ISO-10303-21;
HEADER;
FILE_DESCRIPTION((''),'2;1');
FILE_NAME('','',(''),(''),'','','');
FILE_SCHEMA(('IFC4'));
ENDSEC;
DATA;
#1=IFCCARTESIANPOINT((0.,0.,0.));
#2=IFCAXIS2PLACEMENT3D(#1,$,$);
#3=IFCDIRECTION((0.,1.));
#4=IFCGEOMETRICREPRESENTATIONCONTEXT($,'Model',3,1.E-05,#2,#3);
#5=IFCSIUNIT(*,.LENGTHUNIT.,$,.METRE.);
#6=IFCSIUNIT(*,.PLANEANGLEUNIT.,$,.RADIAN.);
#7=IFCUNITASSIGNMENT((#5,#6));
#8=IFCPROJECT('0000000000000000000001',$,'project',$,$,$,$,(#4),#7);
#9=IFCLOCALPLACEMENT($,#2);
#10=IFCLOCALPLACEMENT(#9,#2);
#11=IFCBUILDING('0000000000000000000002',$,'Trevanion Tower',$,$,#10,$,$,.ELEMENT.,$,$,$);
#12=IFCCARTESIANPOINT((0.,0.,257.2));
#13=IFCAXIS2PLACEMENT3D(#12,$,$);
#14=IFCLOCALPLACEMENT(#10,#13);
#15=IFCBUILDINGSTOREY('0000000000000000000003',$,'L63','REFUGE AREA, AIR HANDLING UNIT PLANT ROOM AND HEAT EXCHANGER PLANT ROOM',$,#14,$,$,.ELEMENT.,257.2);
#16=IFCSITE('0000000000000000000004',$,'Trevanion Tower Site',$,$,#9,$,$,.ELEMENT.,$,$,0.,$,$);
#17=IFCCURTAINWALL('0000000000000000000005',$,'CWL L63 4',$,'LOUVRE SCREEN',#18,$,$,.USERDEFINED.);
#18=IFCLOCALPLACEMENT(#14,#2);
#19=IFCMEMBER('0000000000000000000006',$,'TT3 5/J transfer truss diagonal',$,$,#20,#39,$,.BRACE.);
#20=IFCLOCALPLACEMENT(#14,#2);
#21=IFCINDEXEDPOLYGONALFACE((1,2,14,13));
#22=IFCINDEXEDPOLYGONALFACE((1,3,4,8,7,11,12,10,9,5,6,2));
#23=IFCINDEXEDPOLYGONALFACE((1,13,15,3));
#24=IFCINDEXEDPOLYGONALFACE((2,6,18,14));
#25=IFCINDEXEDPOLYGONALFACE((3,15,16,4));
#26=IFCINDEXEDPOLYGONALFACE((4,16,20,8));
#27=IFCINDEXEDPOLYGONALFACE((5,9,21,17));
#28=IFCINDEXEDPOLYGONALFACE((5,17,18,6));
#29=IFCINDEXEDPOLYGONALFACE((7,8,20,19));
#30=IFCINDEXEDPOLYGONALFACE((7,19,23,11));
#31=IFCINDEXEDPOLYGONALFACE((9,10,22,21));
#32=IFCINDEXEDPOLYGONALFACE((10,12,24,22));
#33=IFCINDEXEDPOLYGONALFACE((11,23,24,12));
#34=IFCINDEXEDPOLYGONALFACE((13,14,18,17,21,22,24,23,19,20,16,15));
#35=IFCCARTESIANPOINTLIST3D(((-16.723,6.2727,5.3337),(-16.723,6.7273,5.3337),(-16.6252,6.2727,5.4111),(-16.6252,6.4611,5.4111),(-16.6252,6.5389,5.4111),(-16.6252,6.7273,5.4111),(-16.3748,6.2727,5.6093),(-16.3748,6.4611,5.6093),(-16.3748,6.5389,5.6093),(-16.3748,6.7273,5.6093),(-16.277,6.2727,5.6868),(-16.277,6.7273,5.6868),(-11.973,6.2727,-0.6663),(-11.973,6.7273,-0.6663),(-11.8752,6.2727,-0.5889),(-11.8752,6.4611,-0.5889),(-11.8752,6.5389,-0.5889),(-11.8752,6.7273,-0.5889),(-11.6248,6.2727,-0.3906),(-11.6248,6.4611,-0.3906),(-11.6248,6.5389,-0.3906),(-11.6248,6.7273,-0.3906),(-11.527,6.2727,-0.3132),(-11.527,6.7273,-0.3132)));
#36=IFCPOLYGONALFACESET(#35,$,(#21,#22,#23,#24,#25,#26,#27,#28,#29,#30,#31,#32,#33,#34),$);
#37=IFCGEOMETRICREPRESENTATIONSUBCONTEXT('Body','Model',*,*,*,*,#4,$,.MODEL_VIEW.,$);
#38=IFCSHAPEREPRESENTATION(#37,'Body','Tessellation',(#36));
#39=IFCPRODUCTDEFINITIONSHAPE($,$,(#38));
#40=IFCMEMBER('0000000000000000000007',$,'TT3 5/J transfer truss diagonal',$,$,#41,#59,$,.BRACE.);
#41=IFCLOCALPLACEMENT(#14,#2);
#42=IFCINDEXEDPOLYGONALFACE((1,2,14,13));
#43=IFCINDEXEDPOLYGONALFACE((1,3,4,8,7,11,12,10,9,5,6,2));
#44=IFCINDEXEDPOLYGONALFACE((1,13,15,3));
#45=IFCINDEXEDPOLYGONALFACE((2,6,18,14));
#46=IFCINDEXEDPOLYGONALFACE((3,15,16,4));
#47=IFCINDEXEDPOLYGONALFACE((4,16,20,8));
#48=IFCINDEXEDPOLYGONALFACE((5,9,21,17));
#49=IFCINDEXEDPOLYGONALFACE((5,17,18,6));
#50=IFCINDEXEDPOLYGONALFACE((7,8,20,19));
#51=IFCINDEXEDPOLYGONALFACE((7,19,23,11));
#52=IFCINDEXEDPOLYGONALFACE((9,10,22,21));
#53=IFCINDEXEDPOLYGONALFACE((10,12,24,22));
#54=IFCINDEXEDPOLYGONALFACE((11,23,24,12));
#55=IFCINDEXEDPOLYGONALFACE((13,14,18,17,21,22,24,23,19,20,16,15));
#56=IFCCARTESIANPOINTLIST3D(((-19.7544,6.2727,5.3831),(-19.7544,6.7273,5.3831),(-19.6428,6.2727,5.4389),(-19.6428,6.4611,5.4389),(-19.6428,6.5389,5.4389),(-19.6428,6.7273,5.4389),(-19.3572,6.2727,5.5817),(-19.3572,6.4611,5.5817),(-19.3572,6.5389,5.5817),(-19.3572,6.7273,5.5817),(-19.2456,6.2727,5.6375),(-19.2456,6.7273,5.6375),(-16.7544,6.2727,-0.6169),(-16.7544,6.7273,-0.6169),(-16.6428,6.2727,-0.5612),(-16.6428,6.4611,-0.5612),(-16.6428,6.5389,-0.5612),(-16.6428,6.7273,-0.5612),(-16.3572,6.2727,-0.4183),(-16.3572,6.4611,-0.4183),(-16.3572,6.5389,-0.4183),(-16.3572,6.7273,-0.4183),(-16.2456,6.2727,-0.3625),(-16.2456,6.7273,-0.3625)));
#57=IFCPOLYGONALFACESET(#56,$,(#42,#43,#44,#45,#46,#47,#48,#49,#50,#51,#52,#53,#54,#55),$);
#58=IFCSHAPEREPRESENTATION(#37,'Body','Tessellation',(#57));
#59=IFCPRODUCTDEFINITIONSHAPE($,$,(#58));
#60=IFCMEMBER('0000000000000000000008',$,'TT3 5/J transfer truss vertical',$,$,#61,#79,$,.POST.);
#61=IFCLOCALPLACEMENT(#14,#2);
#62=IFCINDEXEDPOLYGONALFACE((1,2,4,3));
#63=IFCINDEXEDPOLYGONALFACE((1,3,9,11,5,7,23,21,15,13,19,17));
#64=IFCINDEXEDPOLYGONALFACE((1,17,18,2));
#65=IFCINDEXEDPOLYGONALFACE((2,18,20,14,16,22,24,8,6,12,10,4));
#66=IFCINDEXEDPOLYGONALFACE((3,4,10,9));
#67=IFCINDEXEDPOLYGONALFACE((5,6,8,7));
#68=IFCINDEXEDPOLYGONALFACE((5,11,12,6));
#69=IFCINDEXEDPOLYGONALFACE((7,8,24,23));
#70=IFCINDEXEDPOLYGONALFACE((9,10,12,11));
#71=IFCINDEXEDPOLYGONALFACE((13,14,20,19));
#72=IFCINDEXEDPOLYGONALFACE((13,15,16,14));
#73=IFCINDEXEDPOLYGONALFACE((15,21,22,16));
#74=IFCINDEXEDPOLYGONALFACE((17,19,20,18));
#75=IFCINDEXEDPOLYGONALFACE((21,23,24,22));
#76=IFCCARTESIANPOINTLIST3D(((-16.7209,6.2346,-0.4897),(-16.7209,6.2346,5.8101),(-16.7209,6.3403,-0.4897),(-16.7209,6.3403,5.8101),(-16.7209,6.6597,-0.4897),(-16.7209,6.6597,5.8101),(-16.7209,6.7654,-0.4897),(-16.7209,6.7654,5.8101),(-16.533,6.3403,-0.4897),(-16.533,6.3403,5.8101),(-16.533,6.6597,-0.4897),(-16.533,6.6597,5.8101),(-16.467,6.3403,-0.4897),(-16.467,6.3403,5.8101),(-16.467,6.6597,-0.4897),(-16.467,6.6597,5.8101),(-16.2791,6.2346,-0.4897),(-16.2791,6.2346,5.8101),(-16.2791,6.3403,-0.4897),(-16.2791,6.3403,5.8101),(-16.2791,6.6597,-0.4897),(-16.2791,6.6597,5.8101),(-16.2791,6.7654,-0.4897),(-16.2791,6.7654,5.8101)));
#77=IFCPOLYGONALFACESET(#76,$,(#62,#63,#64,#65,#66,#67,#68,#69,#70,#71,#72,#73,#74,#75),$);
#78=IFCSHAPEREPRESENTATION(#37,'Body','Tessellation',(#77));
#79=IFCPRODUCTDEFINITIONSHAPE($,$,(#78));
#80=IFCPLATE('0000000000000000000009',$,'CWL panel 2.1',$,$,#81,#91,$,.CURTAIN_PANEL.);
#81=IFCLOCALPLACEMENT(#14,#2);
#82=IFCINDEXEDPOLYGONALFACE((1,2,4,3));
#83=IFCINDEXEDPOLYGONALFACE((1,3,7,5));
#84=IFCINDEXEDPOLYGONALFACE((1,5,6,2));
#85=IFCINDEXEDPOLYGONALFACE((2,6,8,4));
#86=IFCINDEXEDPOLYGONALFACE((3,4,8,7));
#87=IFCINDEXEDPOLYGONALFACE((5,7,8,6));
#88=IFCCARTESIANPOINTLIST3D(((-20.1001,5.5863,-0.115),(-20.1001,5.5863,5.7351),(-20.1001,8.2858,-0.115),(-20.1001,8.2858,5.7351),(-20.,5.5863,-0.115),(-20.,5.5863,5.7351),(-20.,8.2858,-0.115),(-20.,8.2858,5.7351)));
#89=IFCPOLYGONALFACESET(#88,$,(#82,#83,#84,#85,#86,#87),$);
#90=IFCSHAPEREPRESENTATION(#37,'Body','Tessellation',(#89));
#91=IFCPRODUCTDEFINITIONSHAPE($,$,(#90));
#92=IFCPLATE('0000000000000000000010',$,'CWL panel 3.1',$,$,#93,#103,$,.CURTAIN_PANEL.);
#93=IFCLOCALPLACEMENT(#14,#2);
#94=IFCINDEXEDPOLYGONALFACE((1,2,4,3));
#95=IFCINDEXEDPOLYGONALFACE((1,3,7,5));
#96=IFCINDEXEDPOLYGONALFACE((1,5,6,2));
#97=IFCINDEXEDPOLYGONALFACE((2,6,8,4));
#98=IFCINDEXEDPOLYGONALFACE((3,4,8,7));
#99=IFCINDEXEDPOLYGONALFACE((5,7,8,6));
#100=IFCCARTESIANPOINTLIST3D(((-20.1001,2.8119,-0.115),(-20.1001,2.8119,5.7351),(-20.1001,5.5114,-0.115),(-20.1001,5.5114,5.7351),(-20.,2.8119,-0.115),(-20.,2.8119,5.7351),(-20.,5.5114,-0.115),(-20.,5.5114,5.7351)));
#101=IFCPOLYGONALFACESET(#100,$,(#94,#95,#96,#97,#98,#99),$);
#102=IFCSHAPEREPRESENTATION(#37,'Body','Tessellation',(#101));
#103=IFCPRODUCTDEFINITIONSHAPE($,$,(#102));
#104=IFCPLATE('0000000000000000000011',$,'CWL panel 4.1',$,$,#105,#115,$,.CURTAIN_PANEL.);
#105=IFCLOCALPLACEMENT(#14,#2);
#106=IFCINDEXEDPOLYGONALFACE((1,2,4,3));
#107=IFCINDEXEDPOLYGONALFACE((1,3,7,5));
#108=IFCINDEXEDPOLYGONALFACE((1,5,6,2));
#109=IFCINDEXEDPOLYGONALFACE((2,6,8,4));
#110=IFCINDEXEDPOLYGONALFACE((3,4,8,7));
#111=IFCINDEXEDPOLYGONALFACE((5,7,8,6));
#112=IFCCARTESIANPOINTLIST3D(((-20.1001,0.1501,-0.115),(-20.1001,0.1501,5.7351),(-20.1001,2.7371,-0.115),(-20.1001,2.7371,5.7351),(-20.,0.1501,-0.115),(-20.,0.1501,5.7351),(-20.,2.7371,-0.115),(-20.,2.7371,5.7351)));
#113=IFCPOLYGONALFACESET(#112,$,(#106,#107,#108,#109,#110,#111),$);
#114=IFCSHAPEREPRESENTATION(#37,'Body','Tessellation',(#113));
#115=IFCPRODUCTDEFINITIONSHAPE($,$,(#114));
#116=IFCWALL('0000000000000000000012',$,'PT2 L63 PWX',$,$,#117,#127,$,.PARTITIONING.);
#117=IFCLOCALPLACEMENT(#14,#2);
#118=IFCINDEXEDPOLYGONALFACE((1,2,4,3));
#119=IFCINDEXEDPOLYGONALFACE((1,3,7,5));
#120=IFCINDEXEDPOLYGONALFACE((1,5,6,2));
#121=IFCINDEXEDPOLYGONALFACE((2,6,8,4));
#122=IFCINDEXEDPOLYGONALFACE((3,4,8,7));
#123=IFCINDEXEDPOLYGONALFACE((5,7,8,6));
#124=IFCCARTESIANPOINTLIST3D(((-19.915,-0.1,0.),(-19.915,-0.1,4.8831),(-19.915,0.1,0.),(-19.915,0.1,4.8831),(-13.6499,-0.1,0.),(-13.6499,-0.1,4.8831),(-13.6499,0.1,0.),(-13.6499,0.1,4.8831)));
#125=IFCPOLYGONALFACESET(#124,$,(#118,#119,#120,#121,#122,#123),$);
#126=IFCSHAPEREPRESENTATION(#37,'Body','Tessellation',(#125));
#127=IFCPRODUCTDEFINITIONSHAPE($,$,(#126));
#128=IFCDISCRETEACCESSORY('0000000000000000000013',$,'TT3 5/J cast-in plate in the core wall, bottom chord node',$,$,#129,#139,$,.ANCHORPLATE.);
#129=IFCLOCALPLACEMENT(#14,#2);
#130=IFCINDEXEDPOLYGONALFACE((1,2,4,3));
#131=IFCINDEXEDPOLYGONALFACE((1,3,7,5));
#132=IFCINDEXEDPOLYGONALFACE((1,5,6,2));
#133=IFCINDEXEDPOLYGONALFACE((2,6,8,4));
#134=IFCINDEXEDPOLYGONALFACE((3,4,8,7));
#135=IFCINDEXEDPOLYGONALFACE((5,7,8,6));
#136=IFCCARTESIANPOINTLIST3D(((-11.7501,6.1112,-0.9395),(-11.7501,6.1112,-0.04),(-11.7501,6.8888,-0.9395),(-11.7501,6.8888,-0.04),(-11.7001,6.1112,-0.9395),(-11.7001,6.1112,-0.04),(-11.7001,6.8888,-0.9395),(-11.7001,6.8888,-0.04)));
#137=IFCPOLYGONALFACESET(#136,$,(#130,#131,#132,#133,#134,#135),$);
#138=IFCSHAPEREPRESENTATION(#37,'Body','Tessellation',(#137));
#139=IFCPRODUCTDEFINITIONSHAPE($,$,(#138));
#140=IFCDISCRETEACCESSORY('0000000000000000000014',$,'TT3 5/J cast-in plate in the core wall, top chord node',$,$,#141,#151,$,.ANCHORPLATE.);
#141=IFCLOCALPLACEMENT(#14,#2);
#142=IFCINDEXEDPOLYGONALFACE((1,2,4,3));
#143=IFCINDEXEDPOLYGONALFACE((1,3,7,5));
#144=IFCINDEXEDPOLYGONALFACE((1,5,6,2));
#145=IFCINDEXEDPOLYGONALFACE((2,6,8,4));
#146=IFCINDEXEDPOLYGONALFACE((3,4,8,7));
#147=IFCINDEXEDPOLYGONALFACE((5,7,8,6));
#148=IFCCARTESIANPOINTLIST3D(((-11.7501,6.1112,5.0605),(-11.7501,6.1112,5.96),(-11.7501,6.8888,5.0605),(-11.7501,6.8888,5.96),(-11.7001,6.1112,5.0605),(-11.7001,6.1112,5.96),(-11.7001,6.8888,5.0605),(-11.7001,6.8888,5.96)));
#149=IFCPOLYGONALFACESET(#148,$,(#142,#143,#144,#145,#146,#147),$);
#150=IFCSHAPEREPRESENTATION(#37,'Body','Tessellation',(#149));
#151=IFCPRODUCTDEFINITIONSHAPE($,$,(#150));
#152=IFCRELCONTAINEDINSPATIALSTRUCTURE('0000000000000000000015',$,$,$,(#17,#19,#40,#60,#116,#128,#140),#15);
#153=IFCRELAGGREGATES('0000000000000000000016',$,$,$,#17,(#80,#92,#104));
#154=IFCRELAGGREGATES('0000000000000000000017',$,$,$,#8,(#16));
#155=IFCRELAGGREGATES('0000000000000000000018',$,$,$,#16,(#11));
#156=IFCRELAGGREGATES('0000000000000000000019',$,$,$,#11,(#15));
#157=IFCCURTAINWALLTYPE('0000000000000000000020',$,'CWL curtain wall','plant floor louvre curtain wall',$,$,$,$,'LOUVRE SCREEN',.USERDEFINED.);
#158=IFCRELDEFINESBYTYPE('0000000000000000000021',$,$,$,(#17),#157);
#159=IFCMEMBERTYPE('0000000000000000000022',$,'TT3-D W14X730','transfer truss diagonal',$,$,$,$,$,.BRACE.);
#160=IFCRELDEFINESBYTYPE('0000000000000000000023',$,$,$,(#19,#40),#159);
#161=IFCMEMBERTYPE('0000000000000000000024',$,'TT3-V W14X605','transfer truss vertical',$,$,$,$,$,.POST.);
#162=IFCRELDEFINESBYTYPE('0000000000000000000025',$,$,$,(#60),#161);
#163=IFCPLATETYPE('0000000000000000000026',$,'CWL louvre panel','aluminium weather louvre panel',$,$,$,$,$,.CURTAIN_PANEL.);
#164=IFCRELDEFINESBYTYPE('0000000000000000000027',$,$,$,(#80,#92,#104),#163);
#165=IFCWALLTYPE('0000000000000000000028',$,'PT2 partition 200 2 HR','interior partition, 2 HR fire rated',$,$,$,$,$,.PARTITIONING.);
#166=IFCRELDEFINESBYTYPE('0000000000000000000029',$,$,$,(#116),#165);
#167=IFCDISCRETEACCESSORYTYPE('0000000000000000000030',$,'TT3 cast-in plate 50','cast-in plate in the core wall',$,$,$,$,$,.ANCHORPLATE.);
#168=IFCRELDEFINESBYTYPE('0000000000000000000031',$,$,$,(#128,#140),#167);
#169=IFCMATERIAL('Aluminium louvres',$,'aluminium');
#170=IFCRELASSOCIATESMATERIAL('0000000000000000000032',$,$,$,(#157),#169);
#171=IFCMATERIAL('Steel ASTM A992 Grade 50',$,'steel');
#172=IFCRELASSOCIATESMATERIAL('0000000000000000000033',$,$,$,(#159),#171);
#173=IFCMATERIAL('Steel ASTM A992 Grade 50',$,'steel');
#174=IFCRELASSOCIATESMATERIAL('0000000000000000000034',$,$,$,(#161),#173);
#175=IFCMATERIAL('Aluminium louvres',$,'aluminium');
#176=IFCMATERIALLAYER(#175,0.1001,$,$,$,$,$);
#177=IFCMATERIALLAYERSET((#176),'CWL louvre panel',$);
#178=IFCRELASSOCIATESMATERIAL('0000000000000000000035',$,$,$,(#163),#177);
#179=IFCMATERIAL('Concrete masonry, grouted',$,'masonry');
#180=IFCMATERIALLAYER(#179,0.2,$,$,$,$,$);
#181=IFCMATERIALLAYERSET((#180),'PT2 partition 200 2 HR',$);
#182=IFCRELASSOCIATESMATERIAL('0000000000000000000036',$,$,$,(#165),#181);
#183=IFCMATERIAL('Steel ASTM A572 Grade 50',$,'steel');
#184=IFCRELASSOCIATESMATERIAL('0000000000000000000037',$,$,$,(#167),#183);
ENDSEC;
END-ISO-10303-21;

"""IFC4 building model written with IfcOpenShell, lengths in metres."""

from ifc_helpers import new_model, si_unit, direction, frame, frame_2d, origin, origin_2d, place, context, subcontext, project, spatial, rectangle, i_section, extrude, material, layer, layer_set, material_profile, profile_set, type_object, element, aggregate, save


model = new_model("IFC4")

# Units and contexts
model_context = context("Model", 3, precision=1e-05, world=origin(), true_north=direction((0.0, 1.0)))
body_context = subcontext(model_context, "Body", "Model", "MODEL_VIEW")
ifc_project = project(units=[si_unit("LENGTHUNIT", "METRE"), si_unit("PLANEANGLEUNIT", "RADIAN")], contexts=[model_context])

# Site, building, storey
site_placement = place(None, origin())
site = spatial("IfcSite", under=ifc_project, at=site_placement, Name="Trevanion Tower Site", CompositionType="ELEMENT", RefElevation=0.0)
building_placement = place(site_placement, origin())
building = spatial("IfcBuilding", under=site, at=building_placement, Name="Trevanion Tower", CompositionType="ELEMENT")
storey_placement = place(building_placement, frame((0.0, 0.0, 257.2)))
storey = spatial("IfcBuildingStorey", under=building, at=storey_placement, Name="L63", Description="REFUGE AREA, AIR HANDLING UNIT PLANT ROOM AND HEAT EXCHANGER PLANT ROOM", CompositionType="ELEMENT", Elevation=257.2)

# Curtain wall
ifc_material_1 = material(Name="Aluminium louvres", Category="aluminium")
curtain_wall_type = type_object("IfcCurtainWallType", Name="CWL curtain wall", Description="plant floor louvre curtain wall", ElementType="LOUVRE SCREEN", PredefinedType="USERDEFINED", material=ifc_material_1)
curtain_wall_placement = place(storey_placement, origin())
curtain_wall = element("IfcCurtainWall", 1, at=curtain_wall_placement, inside=storey, type_object=curtain_wall_type, Name="CWL L63 4", ObjectType="LOUVRE SCREEN", PredefinedType="USERDEFINED")

# Members
ifc_material_2 = material(Name="Steel ASTM A992 Grade 50", Category="steel")
ifc_material_profile_1 = material_profile(ifc_material_2, i_section(OverallWidth=0.4546, OverallDepth=0.5688, WebThickness=0.0779, FlangeThickness=0.1248, at=origin_2d()), Name="W14X730")
ifc_profile_set_1 = profile_set([ifc_material_profile_1], Name="Steel ASTM A992 Grade 50")
member_type_1 = type_object("IfcMemberType", Name="TT3-D W14X730", Description="transfer truss diagonal", PredefinedType="BRACE", material=ifc_profile_set_1)
member_1_placement = place(storey_placement, frame((-11.75, 6.5, -0.4897), z_axis=(-0.620703, 0.0, 0.784046), x_axis=(0.0, -1.0, 0.0)))
element("IfcMember", 2, at=member_1_placement, inside=storey, type_object=member_type_1, Name="TT3 5/J transfer truss diagonal", PredefinedType="BRACE", context=body_context, shape_type="SweptSolid", body=[
    extrude(i_section(OverallWidth=0.4546, OverallDepth=0.5688, WebThickness=0.0779, FlangeThickness=0.1248, at=origin_2d()), origin(), (0.0, 0.0, 1.0), 7.6526),
])
member_2_placement = place(storey_placement, frame((-16.5, 6.5, -0.4897), z_axis=(-0.447214, 0.0, 0.894427), x_axis=(0.0, -1.0, 0.0)))
element("IfcMember", 3, at=member_2_placement, inside=storey, type_object=member_type_1, Name="TT3 5/J transfer truss diagonal", PredefinedType="BRACE", context=body_context, shape_type="SweptSolid", body=[
    extrude(i_section(OverallWidth=0.4546, OverallDepth=0.5688, WebThickness=0.0779, FlangeThickness=0.1248, at=origin_2d()), origin(), (0.0, 0.0, 1.0), 6.7083),
])
ifc_material_3 = material(Name="Steel ASTM A992 Grade 50", Category="steel")
ifc_material_profile_2 = material_profile(ifc_material_3, i_section(OverallWidth=0.4419, OverallDepth=0.5308, WebThickness=0.0659, FlangeThickness=0.1057, at=origin_2d()), Name="W14X605")
ifc_profile_set_2 = profile_set([ifc_material_profile_2], Name="Steel ASTM A992 Grade 50")
member_type_2 = type_object("IfcMemberType", Name="TT3-V W14X605", Description="transfer truss vertical", PredefinedType="POST", material=ifc_profile_set_2)
member_3_placement = place(storey_placement, frame((-16.5, 6.5, -0.4897), z_axis=(0.0, 0.0, 1.0), x_axis=(1.0, 0.0, 0.0)))
element("IfcMember", 4, at=member_3_placement, inside=storey, type_object=member_type_2, Name="TT3 5/J transfer truss vertical", PredefinedType="POST", context=body_context, shape_type="SweptSolid", body=[
    extrude(i_section(OverallWidth=0.4419, OverallDepth=0.5308, WebThickness=0.0659, FlangeThickness=0.1057, at=origin_2d()), origin(), (0.0, 0.0, 1.0), 6.2998),
])

# Plates
ifc_material_4 = material(Name="Aluminium louvres", Category="aluminium")
ifc_layer_1 = layer(ifc_material_4, 0.1001)
ifc_layer_set_1 = layer_set([ifc_layer_1], Name="CWL louvre panel")
plate_type = type_object("IfcPlateType", Name="CWL louvre panel", Description="aluminium weather louvre panel", PredefinedType="CURTAIN_PANEL", material=ifc_layer_set_1)
plate_1_placement = place(storey_placement, frame((-20.05, 6.936, -0.115), z_axis=(0.0, 0.0, 1.0), x_axis=(0.0, -1.0, 0.0)))
plate_1 = element("IfcPlate", 5, at=plate_1_placement, type_object=plate_type, Name="CWL panel 2.1", PredefinedType="CURTAIN_PANEL", context=body_context, shape_type="SweptSolid", body=[
    extrude(rectangle(XDim=2.6995, YDim=0.1001, at=origin_2d()), origin(), (0.0, 0.0, 1.0), 5.8501),
])
plate_2_placement = place(storey_placement, frame((-20.05, 4.1616, -0.115), z_axis=(0.0, 0.0, 1.0), x_axis=(0.0, -1.0, 0.0)))
plate_2 = element("IfcPlate", 6, at=plate_2_placement, type_object=plate_type, Name="CWL panel 3.1", PredefinedType="CURTAIN_PANEL", context=body_context, shape_type="SweptSolid", body=[
    extrude(rectangle(XDim=2.6995, YDim=0.1001, at=origin_2d()), origin(), (0.0, 0.0, 1.0), 5.8501),
])
plate_3_placement = place(storey_placement, frame((-20.05, 1.4436, -0.115), z_axis=(0.0, 0.0, 1.0), x_axis=(0.0, -1.0, 0.0)))
plate_3 = element("IfcPlate", 7, at=plate_3_placement, type_object=plate_type, Name="CWL panel 4.1", PredefinedType="CURTAIN_PANEL", context=body_context, shape_type="SweptSolid", body=[
    extrude(rectangle(XDim=2.5869, YDim=0.1001, at=origin_2d()), origin(), (0.0, 0.0, 1.0), 5.8501),
])
aggregate(curtain_wall, [plate_1, plate_2, plate_3])

# Wall
ifc_material_5 = material(Name="Concrete masonry, grouted", Category="masonry")
ifc_layer_2 = layer(ifc_material_5, 0.2)
ifc_layer_set_2 = layer_set([ifc_layer_2], Name="PT2 partition 200 2 HR")
wall_type = type_object("IfcWallType", Name="PT2 partition 200 2 HR", Description="interior partition, 2 HR fire rated", PredefinedType="PARTITIONING", material=ifc_layer_set_2)
wall_placement = place(storey_placement, frame((-13.6499, 0.0, 0.0), z_axis=(0.0, 0.0, 1.0), x_axis=(-1.0, 0.0, 0.0)))
element("IfcWall", 8, at=wall_placement, inside=storey, type_object=wall_type, Name="PT2 L63 PWX", PredefinedType="PARTITIONING", context=body_context, shape_type="SweptSolid", body=[
    extrude(rectangle(XDim=6.2651, YDim=0.2, at=frame_2d((3.1326, 0.0))), origin(), (0.0, 0.0, 1.0), 4.8831),
])

# Discrete accessories
ifc_material_6 = material(Name="Steel ASTM A572 Grade 50", Category="steel")
discrete_accessory_type = type_object("IfcDiscreteAccessoryType", Name="TT3 cast-in plate 50", Description="cast-in plate in the core wall", PredefinedType="ANCHORPLATE", material=ifc_material_6)
for number, where, z_axis, x_axis, name in (
    (9, (-11.7251, 6.5, -0.9395), (0.0, 0.0, 1.0), (-1.0, 0.0, 0.0), "TT3 5/J cast-in plate in the core wall, bottom chord node"),
    (10, (-11.7251, 6.5, 5.0605), (0.0, 0.0, 1.0), (-1.0, 0.0, 0.0), "TT3 5/J cast-in plate in the core wall, top chord node"),
):
    element("IfcDiscreteAccessory", number, at=place(storey_placement, frame(where, z_axis=z_axis, x_axis=x_axis)), inside=storey, type_object=discrete_accessory_type, Name=name, PredefinedType="ANCHORPLATE", context=body_context, shape_type="SweptSolid", body=[
        extrude(rectangle(XDim=0.05, YDim=0.7776, at=origin_2d()), origin(), (0.0, 0.0, 1.0), 0.8994),
    ])

save(model, "model.ifc")
